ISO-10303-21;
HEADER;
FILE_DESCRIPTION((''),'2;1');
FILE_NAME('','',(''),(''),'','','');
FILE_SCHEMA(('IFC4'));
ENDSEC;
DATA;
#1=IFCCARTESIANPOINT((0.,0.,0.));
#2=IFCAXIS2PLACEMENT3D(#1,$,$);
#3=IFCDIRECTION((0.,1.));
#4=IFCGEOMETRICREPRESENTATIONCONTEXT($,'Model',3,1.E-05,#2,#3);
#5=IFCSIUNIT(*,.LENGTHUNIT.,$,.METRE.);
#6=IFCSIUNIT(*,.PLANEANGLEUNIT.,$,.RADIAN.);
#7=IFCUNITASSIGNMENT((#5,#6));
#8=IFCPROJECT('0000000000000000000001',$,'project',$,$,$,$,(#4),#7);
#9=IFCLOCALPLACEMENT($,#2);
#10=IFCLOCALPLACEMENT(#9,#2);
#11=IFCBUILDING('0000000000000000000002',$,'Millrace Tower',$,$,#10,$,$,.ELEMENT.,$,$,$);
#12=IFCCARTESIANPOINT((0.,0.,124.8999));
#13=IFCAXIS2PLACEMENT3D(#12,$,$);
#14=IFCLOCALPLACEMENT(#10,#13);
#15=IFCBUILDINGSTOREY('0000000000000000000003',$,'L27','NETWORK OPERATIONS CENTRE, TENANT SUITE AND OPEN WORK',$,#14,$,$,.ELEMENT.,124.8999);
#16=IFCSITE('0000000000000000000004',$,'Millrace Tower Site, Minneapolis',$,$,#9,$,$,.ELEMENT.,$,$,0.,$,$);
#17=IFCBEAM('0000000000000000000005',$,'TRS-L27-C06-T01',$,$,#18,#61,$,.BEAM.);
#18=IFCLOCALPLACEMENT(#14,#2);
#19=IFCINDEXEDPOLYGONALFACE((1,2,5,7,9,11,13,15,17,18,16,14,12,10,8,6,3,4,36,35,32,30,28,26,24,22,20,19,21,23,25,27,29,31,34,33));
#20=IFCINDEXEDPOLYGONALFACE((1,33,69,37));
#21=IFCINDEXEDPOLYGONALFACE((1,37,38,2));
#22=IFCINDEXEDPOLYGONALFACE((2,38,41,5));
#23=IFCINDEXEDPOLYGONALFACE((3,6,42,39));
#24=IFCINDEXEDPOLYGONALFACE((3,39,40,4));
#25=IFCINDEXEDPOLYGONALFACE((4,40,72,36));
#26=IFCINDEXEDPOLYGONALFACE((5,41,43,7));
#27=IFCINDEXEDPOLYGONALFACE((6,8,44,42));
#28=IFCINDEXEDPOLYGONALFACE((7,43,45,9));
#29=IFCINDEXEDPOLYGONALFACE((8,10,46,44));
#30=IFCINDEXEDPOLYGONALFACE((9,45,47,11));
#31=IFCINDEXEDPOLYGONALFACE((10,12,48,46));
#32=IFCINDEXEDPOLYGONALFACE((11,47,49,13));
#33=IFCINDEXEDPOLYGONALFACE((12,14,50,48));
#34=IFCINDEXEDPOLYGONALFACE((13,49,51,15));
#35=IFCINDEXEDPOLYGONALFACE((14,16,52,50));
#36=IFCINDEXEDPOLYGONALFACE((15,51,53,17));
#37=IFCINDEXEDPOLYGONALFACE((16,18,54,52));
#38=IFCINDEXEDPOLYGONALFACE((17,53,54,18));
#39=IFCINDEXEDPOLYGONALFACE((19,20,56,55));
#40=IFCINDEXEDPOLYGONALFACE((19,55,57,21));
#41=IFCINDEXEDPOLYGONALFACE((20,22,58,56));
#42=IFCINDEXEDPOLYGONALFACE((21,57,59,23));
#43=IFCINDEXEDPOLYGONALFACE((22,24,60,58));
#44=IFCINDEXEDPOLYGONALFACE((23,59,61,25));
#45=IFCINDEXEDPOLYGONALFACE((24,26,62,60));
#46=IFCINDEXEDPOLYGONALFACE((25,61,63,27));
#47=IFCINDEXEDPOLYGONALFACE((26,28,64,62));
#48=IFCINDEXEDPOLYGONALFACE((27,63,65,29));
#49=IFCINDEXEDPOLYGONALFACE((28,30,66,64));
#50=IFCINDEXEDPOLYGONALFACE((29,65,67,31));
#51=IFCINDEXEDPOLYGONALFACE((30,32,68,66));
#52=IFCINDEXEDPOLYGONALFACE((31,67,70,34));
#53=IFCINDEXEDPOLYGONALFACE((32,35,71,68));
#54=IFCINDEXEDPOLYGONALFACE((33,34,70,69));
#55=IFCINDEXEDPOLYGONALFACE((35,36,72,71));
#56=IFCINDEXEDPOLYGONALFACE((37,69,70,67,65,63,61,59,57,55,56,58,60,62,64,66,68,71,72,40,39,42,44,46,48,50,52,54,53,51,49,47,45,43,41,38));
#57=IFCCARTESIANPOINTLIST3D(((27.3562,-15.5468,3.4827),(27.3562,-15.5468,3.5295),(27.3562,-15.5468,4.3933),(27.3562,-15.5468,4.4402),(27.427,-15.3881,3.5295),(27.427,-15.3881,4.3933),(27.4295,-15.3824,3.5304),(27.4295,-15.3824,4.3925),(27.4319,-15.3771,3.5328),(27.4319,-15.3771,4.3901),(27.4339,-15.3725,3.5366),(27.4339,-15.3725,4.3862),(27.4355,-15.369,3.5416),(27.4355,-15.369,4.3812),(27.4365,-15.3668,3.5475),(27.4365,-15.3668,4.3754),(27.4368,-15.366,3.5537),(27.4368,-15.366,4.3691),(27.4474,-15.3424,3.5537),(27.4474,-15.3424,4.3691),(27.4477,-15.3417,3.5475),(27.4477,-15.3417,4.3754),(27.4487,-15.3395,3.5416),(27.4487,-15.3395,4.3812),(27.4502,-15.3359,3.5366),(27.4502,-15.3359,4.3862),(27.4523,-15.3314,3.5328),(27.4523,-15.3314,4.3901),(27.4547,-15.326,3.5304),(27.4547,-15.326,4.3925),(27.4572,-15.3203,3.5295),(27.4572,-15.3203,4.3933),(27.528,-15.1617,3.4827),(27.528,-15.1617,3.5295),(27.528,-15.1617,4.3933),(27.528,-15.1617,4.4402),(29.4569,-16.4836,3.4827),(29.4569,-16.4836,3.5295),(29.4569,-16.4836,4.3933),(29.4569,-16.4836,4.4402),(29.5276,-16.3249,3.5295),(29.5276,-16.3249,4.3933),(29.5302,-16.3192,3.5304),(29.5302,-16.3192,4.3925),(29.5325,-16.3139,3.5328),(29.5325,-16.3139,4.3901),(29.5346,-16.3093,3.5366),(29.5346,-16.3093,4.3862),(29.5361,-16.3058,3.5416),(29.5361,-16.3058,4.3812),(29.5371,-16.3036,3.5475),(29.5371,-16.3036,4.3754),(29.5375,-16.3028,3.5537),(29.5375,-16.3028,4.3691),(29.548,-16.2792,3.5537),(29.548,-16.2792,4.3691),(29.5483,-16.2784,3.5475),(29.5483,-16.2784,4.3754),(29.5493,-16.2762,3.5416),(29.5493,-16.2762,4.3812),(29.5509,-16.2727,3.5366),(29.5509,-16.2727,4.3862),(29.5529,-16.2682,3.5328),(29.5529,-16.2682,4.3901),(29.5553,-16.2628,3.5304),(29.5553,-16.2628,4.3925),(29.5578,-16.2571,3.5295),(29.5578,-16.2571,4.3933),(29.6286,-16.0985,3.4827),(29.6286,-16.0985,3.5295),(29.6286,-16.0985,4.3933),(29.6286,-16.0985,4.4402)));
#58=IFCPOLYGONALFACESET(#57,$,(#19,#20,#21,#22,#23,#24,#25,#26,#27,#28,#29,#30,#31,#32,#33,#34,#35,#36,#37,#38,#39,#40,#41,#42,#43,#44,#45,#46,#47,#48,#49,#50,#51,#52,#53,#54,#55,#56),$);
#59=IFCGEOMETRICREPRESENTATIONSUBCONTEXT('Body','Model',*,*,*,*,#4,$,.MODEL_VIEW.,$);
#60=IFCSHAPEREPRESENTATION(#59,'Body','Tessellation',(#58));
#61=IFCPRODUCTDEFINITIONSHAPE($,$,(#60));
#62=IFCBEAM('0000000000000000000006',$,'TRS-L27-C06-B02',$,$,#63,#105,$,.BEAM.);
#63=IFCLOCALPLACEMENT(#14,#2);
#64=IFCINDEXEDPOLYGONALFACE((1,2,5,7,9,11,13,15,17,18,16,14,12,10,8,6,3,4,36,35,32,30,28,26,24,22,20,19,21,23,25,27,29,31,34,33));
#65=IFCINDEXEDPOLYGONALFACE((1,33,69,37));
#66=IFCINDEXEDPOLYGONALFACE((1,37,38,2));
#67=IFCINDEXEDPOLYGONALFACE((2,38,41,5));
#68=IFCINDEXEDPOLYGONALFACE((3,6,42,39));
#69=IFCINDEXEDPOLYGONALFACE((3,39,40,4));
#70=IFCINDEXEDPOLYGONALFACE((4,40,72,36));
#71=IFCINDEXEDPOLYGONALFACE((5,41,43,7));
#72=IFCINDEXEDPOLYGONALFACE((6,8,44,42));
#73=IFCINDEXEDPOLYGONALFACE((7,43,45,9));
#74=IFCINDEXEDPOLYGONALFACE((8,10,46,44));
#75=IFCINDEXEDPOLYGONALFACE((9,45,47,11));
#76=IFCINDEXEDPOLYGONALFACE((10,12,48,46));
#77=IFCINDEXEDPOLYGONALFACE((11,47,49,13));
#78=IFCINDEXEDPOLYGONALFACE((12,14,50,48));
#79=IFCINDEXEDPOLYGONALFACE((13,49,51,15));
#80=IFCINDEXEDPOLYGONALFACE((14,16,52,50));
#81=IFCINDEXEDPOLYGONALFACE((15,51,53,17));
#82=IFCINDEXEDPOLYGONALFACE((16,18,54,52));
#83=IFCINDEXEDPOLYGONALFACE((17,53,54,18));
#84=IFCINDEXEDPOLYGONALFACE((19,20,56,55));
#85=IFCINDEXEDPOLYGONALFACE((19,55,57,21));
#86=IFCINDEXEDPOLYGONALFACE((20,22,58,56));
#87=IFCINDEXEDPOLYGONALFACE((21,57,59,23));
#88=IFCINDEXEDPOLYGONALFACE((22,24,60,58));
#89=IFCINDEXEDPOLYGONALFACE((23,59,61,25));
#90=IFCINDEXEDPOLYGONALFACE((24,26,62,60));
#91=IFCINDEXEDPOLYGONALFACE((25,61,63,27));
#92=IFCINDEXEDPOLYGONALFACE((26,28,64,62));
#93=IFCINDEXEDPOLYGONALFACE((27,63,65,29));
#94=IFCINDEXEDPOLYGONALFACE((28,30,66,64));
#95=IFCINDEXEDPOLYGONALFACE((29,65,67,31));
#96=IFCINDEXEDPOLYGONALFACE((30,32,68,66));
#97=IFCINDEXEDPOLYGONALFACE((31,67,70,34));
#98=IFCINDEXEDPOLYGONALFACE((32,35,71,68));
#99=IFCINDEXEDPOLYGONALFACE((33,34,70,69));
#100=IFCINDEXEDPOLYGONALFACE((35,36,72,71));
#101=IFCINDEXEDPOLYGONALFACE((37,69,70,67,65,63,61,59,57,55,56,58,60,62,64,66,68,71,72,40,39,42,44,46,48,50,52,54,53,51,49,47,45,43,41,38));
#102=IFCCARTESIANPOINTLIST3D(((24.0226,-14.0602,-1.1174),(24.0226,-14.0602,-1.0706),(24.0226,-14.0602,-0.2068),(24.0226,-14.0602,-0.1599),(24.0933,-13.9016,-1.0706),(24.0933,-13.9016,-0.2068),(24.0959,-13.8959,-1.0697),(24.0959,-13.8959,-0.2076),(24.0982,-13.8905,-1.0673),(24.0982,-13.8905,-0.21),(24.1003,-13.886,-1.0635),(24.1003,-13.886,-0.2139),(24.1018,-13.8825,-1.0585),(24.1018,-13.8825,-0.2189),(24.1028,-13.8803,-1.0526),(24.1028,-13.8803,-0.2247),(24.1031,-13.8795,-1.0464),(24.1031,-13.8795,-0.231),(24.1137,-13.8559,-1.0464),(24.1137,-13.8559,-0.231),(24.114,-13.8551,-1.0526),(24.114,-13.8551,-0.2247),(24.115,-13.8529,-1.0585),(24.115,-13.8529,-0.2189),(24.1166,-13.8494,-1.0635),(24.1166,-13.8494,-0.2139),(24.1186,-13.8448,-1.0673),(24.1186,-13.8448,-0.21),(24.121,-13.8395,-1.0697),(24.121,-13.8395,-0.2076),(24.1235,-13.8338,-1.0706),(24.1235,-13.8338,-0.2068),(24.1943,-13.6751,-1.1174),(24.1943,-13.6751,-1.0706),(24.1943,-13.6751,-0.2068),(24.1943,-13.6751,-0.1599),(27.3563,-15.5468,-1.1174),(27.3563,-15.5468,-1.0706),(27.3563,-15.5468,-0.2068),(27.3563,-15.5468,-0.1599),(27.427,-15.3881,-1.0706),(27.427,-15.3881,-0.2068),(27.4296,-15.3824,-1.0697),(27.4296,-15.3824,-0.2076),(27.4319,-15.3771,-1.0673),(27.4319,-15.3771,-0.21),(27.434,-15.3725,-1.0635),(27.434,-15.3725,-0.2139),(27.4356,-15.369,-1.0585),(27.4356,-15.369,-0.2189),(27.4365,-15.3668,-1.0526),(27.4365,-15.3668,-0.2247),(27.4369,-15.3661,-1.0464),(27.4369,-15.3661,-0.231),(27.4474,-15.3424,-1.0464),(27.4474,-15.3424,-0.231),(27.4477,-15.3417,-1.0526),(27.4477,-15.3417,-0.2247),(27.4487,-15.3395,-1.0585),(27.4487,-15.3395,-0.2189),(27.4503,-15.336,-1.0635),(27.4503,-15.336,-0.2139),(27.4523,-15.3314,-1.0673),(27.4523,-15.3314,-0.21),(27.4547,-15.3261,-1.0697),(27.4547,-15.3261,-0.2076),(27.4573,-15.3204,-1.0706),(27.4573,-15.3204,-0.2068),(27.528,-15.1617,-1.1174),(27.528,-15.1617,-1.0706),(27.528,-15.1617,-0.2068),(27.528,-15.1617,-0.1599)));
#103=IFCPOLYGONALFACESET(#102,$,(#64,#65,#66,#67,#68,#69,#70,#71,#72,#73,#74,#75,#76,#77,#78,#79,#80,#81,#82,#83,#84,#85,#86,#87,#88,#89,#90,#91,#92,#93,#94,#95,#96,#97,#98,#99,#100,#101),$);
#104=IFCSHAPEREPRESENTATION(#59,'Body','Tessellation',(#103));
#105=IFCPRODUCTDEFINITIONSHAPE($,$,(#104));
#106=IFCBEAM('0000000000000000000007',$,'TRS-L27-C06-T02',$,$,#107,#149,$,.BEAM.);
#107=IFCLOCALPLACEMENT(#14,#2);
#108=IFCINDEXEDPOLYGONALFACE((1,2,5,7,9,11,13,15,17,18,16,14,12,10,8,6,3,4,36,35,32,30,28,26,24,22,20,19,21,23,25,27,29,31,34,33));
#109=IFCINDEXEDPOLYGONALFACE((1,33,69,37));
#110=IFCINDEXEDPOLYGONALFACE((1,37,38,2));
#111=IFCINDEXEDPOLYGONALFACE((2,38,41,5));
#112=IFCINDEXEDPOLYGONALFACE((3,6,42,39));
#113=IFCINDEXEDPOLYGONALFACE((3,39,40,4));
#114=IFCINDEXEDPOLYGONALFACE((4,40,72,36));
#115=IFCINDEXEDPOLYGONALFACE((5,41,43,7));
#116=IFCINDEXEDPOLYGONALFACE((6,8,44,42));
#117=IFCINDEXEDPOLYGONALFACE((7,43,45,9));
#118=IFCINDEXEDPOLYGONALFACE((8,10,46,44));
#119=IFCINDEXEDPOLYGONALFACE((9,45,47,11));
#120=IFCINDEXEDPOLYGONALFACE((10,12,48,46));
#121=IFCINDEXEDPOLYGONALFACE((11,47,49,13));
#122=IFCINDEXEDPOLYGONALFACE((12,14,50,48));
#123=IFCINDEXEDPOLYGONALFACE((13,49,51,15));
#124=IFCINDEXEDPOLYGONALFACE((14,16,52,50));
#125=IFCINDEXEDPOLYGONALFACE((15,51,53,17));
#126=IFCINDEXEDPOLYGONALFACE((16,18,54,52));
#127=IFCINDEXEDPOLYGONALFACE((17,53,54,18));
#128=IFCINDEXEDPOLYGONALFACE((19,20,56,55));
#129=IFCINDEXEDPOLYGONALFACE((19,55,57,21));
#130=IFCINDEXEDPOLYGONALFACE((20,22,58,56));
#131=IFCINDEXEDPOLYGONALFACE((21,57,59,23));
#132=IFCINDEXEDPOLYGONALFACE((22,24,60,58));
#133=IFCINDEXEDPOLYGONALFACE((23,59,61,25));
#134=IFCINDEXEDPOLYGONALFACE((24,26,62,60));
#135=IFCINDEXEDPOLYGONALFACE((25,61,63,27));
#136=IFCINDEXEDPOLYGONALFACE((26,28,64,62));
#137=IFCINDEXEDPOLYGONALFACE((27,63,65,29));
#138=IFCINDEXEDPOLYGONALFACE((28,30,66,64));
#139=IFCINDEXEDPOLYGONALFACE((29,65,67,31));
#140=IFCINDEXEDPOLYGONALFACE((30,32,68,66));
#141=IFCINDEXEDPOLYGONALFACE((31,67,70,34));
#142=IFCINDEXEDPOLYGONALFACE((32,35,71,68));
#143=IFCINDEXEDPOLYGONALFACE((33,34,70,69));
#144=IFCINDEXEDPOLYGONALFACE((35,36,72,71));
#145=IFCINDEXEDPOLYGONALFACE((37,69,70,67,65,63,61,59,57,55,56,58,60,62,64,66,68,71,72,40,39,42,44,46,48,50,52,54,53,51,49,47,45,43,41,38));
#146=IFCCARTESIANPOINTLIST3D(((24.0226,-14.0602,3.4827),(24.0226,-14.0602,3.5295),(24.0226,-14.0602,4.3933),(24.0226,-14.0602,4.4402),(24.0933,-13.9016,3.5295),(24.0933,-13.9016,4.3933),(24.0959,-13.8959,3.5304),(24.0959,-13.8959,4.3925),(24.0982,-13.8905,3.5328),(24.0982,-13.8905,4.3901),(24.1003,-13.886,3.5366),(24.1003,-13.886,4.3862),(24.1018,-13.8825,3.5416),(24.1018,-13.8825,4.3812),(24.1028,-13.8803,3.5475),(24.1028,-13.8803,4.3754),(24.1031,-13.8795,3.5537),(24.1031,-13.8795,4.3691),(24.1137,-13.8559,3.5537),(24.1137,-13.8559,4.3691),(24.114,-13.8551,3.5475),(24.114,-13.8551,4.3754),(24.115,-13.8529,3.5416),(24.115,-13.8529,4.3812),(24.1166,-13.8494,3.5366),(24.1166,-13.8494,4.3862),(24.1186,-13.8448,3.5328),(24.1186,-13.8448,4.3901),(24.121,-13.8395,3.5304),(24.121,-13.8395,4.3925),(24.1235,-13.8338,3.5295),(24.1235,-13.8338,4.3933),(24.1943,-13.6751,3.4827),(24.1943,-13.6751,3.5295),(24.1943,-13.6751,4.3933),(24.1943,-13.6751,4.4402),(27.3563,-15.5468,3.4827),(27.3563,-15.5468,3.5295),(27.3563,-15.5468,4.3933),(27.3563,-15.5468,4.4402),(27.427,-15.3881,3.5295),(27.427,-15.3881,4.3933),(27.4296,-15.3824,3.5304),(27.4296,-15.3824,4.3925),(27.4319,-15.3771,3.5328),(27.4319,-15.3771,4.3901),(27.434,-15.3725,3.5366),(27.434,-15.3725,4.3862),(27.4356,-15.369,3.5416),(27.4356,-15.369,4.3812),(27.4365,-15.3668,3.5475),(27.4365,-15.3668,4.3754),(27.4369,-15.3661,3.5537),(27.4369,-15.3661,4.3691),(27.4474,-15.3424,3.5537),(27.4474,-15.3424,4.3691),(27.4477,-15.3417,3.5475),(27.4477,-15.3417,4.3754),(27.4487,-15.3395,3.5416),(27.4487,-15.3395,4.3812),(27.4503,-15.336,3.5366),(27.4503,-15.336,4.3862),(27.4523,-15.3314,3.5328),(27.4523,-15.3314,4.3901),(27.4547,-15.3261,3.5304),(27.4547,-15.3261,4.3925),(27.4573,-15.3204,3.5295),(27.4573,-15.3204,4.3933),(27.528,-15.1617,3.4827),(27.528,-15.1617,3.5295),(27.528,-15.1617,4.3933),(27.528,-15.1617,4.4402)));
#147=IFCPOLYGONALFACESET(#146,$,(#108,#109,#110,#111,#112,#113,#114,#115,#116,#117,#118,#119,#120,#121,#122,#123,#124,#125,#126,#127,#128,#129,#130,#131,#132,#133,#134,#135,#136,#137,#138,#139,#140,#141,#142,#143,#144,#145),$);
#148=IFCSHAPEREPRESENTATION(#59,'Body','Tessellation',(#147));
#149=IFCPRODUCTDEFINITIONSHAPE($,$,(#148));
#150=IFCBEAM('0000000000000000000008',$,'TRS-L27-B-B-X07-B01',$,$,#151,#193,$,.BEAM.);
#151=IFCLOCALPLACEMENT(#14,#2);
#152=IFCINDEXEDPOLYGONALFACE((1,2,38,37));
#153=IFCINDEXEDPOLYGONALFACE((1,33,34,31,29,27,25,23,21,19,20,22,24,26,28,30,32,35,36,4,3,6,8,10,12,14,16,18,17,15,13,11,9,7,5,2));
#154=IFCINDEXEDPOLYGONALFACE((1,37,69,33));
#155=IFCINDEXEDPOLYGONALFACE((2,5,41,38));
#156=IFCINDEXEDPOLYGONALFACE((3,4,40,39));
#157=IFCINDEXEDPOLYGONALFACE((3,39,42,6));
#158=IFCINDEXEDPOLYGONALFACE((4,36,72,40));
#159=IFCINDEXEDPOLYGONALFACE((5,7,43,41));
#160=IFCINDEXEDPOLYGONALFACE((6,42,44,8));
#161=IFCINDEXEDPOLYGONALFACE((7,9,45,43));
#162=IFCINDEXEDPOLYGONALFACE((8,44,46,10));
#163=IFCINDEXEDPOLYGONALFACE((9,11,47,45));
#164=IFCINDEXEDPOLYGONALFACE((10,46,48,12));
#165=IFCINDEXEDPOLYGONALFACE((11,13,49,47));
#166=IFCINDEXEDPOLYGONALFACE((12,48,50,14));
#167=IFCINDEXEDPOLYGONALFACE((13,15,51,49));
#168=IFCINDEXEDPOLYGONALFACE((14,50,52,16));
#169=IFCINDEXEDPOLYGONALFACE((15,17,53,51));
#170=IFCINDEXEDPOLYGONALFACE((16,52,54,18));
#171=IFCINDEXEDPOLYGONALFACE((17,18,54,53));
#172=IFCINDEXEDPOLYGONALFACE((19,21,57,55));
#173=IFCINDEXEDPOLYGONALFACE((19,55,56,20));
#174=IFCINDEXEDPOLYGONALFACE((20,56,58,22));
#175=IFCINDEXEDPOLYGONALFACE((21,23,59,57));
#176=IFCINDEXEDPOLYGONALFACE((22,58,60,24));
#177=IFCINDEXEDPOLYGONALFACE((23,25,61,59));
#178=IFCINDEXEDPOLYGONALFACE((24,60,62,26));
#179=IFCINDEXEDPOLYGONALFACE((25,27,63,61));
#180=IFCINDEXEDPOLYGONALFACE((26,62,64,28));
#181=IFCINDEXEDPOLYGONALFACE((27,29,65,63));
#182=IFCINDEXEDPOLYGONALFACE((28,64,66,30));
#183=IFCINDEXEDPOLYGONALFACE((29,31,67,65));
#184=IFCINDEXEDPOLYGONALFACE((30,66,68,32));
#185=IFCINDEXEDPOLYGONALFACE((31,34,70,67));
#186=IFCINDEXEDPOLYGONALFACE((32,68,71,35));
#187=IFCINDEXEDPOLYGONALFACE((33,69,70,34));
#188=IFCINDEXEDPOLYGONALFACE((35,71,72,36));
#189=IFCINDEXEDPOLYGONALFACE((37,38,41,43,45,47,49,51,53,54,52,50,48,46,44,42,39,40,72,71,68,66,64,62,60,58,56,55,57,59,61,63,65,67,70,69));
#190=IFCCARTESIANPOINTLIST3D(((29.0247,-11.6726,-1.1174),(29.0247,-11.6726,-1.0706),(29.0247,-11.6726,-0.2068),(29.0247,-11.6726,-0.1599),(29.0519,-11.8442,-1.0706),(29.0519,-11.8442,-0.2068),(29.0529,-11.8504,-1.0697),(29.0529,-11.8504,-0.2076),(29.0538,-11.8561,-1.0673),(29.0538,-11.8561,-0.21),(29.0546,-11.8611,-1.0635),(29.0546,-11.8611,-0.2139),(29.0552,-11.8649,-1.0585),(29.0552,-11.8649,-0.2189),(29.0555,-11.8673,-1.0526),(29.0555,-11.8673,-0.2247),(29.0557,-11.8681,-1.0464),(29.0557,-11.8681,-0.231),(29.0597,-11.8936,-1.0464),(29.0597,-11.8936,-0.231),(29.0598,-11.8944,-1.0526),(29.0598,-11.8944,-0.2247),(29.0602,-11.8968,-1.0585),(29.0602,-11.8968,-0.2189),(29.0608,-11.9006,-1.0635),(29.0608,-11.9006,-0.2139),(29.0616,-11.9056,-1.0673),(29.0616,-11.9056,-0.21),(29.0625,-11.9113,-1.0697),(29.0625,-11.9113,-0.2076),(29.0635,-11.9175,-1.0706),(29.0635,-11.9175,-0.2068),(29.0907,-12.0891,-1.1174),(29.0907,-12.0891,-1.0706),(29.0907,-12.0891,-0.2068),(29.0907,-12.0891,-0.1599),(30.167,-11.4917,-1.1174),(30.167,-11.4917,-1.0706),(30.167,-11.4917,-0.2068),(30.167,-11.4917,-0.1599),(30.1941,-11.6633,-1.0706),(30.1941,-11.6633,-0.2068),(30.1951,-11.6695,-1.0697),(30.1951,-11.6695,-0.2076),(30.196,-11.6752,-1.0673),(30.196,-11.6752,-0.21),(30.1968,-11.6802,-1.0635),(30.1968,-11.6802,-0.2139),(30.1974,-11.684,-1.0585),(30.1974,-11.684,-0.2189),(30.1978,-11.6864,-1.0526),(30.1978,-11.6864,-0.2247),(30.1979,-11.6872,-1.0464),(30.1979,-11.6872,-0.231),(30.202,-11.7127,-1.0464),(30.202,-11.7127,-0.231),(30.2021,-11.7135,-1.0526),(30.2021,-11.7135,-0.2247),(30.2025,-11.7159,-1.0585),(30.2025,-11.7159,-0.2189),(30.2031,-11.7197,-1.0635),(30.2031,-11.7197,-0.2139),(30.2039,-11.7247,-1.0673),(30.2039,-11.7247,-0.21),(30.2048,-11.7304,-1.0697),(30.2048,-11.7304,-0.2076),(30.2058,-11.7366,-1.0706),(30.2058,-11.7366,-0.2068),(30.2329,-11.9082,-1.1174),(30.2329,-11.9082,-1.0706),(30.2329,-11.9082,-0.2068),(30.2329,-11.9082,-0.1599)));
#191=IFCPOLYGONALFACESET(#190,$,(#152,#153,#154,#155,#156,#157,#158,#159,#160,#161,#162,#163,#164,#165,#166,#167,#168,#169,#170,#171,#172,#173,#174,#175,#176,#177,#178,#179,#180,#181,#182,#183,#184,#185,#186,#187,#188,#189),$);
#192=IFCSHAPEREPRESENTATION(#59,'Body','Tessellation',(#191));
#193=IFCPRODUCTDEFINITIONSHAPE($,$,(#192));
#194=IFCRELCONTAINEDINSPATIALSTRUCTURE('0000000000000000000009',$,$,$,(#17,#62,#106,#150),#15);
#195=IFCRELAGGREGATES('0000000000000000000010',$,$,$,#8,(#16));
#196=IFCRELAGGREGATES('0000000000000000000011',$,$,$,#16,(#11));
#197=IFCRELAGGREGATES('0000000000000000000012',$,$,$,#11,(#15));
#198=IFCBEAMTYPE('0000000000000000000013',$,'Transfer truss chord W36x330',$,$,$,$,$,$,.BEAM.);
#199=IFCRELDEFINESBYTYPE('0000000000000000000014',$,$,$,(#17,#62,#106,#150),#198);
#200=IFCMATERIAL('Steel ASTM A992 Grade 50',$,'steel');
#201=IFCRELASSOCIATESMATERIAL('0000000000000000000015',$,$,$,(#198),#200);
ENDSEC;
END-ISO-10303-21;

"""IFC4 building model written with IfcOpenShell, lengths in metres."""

from ifc_helpers import new_model, si_unit, direction, frame, origin, origin_2d, place, context, subcontext, project, spatial, i_section, extrude, material, material_profile, profile_set, type_object, element, save


model = new_model("IFC4")

# Units and contexts
model_context = context("Model", 3, precision=1e-05, world=origin(), true_north=direction((0.0, 1.0)))
body_context = subcontext(model_context, "Body", "Model", "MODEL_VIEW")
ifc_project = project(units=[si_unit("LENGTHUNIT", "METRE"), si_unit("PLANEANGLEUNIT", "RADIAN")], contexts=[model_context])

# Site, building, storey
site_placement = place(None, origin())
site = spatial("IfcSite", under=ifc_project, at=site_placement, Name="Millrace Tower Site, Minneapolis", CompositionType="ELEMENT", RefElevation=0.0)
building_placement = place(site_placement, origin())
building = spatial("IfcBuilding", under=site, at=building_placement, Name="Millrace Tower", CompositionType="ELEMENT")
storey_placement = place(building_placement, frame((0.0, 0.0, 124.8999)))
storey = spatial("IfcBuildingStorey", under=building, at=storey_placement, Name="L27", Description="NETWORK OPERATIONS CENTRE, TENANT SUITE AND OPEN WORK", CompositionType="ELEMENT", Elevation=124.8999)

# Beams
ifc_material_1 = material(Name="Steel ASTM A992 Grade 50", Category="steel")
ifc_material_profile_1 = material_profile(ifc_material_1, i_section(OverallWidth=0.4216, OverallDepth=0.9575, WebThickness=0.0259, FlangeThickness=0.0469, FilletRadius=0.0242, at=origin_2d()))
ifc_profile_set_1 = profile_set([ifc_material_profile_1], Name="Steel ASTM A992 Grade 50")
beam_type_1 = type_object("IfcBeamType", Name="Transfer truss chord W36x330", PredefinedType="BEAM", material=ifc_profile_set_1)
for number, where, z_axis, x_axis, name in (
    (1, (29.5427, -16.291, 3.9614), (-0.913299, 0.40729, 0.0), (-0.40729, -0.913299, 0.0), "TRS-L27-C06-T01"),
):
    element("IfcBeam", number, at=place(storey_placement, frame(where, z_axis=z_axis, x_axis=x_axis)), inside=storey, type_object=beam_type_1, Name=name, PredefinedType="BEAM", context=body_context, shape_type="SweptSolid", body=[
        extrude(i_section(OverallWidth=0.4216, OverallDepth=0.9575, WebThickness=0.0259, FlangeThickness=0.0469, FilletRadius=0.0242, at=origin_2d()), origin(), (0.0, 0.0, 1.0), 2.3),
    ])
for number, where, z_axis, x_axis, name in (
    (2, (27.4421, -15.3542, -0.6387), (-0.913312, 0.407261, 0.0), (-0.407261, -0.913312, 0.0), "TRS-L27-C06-B02"),
    (3, (27.4421, -15.3542, 3.9614), (-0.913312, 0.407261, 0.0), (-0.407261, -0.913312, 0.0), "TRS-L27-C06-T02"),
):
    element("IfcBeam", number, at=place(storey_placement, frame(where, z_axis=z_axis, x_axis=x_axis)), inside=storey, type_object=beam_type_1, Name=name, PredefinedType="BEAM", context=body_context, shape_type="SweptSolid", body=[
        extrude(i_section(OverallWidth=0.4216, OverallDepth=0.9575, WebThickness=0.0259, FlangeThickness=0.0469, FilletRadius=0.0242, at=origin_2d()), origin(), (0.0, 0.0, 1.0), 3.6501),
    ])
for number, where, z_axis, x_axis, name in (
    (4, (30.2, -11.7, -0.6387), (-0.987691, -0.156418, 0.0), (0.156418, -0.987691, 0.0), "TRS-L27-B-B-X07-B01"),
):
    element("IfcBeam", number, at=place(storey_placement, frame(where, z_axis=z_axis, x_axis=x_axis)), inside=storey, type_object=beam_type_1, Name=name, PredefinedType="BEAM", context=body_context, shape_type="SweptSolid", body=[
        extrude(i_section(OverallWidth=0.4216, OverallDepth=0.9575, WebThickness=0.0259, FlangeThickness=0.0469, FilletRadius=0.0242, at=origin_2d()), origin(), (0.0, 0.0, 1.0), 1.1565),
    ])

save(model, "model.ifc")
